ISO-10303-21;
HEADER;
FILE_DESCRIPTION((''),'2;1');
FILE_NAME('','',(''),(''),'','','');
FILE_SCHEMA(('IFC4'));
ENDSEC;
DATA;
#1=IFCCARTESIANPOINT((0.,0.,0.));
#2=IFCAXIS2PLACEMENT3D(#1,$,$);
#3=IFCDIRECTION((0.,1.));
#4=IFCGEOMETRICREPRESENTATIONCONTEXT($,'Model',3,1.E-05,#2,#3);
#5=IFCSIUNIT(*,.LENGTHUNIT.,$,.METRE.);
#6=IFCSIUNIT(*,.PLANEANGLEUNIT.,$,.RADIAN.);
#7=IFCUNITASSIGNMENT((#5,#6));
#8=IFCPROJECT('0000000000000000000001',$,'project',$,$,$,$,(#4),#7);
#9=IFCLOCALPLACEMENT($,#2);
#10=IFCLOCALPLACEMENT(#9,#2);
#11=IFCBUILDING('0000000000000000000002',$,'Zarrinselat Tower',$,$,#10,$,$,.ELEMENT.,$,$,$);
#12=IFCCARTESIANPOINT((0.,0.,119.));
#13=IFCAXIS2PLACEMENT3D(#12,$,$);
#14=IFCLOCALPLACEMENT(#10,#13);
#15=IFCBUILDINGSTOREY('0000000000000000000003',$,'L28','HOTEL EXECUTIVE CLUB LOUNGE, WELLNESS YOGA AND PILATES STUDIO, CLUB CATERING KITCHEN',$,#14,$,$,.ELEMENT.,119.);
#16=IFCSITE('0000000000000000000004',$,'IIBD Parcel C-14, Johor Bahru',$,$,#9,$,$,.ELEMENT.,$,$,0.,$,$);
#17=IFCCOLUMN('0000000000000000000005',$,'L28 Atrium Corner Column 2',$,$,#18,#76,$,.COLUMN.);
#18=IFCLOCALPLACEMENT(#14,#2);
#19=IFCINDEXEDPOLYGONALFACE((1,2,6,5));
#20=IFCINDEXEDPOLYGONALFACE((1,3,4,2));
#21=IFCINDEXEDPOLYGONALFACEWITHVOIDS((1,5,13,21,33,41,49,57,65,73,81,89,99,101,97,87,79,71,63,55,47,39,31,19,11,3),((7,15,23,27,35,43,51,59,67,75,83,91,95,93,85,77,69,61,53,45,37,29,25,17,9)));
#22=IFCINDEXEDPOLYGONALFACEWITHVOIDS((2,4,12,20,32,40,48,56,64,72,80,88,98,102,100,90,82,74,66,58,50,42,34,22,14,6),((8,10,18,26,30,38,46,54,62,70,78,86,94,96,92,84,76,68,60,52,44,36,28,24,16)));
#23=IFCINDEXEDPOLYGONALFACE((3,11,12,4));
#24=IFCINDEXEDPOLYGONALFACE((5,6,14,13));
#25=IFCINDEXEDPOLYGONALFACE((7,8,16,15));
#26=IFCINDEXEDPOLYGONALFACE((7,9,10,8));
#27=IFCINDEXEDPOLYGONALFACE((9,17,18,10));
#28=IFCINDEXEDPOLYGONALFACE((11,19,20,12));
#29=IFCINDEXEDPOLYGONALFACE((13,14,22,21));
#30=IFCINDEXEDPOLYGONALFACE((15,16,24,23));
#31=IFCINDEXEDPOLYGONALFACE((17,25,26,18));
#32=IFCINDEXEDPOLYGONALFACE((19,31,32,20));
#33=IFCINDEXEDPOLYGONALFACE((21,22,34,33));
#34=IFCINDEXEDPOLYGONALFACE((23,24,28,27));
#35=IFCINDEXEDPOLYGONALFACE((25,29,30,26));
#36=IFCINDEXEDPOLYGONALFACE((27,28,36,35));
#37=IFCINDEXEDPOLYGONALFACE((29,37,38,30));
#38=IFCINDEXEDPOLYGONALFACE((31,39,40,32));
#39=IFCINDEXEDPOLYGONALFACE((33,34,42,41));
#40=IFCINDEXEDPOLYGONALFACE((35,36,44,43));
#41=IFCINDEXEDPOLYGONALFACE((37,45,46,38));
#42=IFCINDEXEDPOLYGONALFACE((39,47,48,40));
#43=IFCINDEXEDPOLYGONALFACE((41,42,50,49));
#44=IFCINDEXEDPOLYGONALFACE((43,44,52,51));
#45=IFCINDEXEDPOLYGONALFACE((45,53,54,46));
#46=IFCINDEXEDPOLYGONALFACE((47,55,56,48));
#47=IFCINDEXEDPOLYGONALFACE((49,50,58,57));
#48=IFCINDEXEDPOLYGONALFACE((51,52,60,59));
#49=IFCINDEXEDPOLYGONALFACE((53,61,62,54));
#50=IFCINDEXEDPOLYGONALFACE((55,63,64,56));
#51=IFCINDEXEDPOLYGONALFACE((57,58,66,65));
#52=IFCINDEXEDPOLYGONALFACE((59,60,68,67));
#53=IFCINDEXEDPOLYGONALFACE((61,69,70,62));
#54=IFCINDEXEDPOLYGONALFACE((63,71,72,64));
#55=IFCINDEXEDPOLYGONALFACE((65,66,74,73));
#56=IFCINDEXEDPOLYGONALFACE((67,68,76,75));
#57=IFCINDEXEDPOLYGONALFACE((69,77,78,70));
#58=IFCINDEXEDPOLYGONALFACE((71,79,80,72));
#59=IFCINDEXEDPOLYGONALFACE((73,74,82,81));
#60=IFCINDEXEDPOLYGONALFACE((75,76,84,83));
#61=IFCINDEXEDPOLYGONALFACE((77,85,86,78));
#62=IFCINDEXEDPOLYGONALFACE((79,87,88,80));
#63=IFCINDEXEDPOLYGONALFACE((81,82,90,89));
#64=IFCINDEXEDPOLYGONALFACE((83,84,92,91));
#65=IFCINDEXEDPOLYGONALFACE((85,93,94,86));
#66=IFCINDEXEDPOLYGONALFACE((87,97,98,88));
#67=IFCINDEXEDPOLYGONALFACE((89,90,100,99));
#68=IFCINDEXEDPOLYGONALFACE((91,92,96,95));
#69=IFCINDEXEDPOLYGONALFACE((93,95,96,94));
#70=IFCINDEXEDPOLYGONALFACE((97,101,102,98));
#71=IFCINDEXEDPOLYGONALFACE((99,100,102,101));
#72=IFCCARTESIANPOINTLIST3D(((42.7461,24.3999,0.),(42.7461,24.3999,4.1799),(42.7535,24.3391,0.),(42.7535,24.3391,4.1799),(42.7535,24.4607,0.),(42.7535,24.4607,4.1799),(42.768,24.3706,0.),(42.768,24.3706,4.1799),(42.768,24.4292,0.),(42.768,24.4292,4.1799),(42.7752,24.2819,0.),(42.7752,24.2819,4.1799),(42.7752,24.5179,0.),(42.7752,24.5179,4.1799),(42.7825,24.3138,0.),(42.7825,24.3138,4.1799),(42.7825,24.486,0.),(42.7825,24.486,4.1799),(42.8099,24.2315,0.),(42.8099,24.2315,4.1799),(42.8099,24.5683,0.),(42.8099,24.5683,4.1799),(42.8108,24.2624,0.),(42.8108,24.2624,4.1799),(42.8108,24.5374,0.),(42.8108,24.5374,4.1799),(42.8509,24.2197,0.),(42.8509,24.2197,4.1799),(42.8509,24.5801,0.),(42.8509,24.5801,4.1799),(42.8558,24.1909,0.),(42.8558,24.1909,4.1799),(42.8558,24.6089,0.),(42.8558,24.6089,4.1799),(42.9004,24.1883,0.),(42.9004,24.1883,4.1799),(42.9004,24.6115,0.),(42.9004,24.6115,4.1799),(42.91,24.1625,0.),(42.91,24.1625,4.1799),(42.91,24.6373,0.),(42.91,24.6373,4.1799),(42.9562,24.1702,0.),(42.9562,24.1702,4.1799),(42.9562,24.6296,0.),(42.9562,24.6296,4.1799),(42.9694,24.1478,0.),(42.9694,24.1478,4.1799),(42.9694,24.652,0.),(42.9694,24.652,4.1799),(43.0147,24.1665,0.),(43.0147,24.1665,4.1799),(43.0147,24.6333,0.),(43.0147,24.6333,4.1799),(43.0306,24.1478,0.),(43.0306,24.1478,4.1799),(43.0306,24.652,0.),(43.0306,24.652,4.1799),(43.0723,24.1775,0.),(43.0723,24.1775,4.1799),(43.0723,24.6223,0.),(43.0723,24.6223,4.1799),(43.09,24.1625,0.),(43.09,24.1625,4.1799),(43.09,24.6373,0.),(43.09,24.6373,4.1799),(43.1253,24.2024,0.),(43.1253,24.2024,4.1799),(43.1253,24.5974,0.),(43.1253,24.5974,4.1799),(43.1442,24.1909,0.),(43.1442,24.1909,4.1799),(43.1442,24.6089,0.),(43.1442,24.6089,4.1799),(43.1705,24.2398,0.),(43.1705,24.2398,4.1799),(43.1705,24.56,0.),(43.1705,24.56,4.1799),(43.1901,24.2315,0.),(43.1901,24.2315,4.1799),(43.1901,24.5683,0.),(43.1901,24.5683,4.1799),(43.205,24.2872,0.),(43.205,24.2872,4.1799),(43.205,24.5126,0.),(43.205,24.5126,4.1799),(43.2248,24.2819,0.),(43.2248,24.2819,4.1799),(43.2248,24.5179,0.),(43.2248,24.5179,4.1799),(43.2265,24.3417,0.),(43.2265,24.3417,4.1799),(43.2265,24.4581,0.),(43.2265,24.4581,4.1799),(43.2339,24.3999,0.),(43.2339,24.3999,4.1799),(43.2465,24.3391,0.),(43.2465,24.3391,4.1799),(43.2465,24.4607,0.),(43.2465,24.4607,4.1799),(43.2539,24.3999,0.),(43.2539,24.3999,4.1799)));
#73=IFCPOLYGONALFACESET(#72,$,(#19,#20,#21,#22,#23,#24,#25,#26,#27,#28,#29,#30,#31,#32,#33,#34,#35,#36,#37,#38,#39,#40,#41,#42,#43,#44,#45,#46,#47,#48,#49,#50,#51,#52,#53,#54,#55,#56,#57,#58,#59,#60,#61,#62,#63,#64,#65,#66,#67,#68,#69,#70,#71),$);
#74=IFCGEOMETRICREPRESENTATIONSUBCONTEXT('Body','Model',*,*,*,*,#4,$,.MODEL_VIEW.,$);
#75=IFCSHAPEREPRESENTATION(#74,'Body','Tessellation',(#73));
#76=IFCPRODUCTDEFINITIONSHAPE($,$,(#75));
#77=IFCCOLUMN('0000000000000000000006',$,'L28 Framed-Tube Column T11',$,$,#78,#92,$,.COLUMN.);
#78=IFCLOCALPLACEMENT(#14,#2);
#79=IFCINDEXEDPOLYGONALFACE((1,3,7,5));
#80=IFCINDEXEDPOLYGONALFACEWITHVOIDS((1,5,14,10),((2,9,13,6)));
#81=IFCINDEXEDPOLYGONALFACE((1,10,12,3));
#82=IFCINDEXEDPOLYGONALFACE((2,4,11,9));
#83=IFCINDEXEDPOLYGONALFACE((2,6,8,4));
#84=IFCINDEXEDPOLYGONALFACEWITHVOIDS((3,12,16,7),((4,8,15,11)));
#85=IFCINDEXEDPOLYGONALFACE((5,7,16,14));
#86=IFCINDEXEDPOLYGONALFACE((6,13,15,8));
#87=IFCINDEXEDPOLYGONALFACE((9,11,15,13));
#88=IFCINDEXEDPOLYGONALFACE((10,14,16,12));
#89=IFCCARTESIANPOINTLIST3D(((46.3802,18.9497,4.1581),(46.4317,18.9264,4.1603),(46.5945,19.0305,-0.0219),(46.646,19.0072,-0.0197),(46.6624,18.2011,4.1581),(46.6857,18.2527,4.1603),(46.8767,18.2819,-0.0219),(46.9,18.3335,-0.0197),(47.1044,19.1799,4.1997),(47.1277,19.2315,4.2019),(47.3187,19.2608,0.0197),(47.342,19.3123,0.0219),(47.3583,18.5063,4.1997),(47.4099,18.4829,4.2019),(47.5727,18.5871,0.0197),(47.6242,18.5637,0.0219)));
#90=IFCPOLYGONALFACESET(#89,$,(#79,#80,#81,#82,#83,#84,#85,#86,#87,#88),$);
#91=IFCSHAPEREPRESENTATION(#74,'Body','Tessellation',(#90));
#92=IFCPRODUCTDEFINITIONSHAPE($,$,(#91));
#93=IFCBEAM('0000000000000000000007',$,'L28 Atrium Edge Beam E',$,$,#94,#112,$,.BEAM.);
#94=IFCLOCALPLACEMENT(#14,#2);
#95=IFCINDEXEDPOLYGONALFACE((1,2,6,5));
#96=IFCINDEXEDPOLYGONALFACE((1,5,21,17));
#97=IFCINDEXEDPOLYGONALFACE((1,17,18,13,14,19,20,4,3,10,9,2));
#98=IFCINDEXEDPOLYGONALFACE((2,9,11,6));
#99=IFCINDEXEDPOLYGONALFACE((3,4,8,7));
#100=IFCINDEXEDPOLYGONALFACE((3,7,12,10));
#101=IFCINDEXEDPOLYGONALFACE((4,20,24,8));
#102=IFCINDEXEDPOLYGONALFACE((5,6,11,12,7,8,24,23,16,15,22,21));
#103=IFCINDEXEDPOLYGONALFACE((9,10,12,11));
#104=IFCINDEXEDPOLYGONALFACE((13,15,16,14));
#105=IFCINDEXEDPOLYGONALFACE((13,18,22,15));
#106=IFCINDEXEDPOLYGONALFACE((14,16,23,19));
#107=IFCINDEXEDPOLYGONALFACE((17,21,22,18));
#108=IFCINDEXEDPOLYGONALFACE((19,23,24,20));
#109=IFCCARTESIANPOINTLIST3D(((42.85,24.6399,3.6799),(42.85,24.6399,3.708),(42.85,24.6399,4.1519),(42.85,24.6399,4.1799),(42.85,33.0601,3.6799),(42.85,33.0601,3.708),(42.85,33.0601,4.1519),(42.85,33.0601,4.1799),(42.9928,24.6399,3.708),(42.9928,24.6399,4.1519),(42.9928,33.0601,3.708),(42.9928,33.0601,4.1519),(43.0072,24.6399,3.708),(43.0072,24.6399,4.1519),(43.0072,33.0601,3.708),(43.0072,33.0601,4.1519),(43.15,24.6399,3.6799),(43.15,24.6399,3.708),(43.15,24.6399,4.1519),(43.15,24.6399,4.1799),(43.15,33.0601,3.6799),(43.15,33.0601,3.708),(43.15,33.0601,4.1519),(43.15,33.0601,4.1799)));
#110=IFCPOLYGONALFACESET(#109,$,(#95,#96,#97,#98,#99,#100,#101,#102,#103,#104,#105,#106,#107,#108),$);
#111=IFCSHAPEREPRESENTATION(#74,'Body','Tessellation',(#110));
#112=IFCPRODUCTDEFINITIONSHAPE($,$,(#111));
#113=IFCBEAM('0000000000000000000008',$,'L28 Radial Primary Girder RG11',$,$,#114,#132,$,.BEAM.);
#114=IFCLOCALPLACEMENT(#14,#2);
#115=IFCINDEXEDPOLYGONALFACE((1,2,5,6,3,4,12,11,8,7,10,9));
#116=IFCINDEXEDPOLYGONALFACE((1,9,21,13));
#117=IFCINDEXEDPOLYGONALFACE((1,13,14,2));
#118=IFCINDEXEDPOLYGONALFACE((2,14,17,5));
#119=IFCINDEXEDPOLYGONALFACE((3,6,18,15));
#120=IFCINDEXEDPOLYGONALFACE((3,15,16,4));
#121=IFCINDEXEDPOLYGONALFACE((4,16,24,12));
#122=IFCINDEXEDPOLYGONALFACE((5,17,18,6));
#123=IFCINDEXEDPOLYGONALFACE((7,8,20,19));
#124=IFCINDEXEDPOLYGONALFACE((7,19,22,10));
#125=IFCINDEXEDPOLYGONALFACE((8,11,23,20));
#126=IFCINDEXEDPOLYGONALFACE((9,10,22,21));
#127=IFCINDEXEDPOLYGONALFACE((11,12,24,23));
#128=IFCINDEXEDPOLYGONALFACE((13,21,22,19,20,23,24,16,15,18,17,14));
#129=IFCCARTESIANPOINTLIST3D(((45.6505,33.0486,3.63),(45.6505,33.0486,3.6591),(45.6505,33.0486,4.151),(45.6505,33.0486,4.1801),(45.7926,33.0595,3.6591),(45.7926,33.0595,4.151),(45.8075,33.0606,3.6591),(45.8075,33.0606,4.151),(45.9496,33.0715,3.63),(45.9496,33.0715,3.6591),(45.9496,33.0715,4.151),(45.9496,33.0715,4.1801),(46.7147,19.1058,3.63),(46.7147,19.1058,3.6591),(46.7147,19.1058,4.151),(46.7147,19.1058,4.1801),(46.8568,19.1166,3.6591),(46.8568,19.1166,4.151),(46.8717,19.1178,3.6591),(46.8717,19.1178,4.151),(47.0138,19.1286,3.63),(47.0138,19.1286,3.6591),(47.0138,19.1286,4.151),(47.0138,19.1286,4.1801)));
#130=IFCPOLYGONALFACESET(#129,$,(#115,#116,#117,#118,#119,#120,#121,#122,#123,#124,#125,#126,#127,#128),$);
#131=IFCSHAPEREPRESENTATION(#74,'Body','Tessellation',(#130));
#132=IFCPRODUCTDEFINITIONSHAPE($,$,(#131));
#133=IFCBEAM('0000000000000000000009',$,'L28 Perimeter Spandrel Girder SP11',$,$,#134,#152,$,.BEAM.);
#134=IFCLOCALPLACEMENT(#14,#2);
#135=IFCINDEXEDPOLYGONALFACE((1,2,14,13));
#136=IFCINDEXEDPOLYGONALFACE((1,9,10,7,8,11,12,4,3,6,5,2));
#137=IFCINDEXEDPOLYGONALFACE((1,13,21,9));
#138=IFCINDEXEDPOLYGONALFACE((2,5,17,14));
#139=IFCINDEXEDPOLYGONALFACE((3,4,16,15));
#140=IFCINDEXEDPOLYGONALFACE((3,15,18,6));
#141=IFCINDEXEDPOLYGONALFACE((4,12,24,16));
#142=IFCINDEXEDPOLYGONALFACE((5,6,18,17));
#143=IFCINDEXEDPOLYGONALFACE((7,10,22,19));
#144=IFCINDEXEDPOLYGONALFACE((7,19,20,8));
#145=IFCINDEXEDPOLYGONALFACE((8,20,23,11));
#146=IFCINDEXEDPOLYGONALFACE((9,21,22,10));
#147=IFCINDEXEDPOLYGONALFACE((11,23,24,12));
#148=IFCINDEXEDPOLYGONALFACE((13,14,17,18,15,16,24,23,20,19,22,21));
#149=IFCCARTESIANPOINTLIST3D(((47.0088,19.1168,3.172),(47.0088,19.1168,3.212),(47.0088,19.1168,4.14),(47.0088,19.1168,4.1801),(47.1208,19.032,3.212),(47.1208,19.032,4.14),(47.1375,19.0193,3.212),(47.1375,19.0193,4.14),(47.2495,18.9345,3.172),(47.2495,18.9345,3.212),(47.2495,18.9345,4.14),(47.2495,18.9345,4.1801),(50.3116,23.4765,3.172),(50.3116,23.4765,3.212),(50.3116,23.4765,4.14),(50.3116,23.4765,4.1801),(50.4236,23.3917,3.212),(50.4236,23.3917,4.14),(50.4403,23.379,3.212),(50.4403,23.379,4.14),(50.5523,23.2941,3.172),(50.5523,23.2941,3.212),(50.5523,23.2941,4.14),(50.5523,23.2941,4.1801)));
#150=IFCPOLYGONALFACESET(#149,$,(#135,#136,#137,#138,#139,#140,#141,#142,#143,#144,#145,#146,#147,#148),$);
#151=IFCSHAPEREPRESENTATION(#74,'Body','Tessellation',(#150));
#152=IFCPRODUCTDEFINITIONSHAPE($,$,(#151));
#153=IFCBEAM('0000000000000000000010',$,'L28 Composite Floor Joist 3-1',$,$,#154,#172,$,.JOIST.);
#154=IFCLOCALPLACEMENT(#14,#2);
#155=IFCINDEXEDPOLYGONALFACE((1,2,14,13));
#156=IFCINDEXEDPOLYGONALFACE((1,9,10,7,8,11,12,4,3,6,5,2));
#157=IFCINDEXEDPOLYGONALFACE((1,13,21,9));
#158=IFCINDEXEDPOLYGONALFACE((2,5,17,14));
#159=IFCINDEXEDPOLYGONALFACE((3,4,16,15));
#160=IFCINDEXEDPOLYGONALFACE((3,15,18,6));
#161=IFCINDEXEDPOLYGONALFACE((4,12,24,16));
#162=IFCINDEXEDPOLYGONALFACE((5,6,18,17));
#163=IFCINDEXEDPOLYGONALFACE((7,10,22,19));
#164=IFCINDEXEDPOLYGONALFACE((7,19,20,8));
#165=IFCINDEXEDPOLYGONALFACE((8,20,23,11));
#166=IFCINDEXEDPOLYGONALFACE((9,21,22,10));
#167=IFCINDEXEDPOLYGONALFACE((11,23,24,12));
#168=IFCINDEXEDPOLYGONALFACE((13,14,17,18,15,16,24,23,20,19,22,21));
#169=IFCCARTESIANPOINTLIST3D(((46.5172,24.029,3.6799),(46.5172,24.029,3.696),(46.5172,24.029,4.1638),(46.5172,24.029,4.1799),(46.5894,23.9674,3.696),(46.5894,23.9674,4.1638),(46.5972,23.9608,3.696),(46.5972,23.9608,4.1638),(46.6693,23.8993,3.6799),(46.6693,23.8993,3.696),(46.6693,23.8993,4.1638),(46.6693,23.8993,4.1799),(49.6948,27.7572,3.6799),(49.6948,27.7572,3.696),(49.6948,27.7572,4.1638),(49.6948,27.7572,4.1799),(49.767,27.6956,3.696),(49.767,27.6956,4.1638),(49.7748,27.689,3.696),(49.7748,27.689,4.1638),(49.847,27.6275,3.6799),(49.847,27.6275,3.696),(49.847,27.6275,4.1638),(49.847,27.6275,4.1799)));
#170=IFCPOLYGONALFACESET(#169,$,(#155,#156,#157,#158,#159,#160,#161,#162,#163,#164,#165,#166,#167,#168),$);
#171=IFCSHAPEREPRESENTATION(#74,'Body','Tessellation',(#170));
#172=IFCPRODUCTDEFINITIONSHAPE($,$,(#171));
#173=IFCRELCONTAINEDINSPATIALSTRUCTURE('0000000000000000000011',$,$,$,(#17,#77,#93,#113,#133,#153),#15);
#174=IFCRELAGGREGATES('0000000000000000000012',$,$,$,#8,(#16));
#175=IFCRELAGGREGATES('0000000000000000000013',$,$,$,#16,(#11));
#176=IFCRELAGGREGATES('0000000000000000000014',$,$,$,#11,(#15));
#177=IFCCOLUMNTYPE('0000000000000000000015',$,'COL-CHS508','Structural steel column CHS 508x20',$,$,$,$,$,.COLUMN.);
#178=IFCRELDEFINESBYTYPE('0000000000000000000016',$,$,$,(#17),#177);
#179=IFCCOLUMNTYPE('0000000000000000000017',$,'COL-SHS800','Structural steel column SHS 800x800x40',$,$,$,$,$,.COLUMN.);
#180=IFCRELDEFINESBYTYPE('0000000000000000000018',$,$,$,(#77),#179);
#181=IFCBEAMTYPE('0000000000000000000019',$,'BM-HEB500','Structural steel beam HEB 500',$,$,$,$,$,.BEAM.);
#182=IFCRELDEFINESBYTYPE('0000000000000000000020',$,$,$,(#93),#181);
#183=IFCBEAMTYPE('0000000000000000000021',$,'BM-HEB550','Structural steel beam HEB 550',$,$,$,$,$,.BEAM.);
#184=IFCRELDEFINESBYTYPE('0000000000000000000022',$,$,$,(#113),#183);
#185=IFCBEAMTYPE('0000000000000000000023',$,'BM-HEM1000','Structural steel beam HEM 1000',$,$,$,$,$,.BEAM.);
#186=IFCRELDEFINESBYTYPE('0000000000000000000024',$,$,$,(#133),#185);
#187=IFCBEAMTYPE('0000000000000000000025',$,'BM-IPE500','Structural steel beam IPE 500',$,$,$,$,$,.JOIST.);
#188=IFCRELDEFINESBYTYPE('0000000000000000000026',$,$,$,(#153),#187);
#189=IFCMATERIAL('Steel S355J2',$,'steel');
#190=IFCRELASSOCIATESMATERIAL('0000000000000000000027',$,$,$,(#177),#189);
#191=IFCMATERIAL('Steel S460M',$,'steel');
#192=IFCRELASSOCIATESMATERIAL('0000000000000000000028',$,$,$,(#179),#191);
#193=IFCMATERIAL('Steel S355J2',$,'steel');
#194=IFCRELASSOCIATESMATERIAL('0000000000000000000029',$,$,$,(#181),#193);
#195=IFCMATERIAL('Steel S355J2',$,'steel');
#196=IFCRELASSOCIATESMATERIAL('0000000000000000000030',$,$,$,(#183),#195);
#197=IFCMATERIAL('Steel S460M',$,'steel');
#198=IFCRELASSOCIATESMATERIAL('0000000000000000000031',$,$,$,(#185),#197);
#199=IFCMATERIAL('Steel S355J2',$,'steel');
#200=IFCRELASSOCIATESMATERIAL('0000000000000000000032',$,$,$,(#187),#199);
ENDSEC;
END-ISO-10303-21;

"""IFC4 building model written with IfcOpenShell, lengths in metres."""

from ifc_helpers import new_model, si_unit, direction, frame, origin, origin_2d, place, context, subcontext, project, spatial, hollow_rectangle, hollow_circle, i_section, extrude, material, material_profile, profile_set, type_object, element, save


model = new_model("IFC4")

# Units and contexts
model_context = context("Model", 3, precision=1e-05, world=origin(), true_north=direction((0.0, 1.0)))
body_context = subcontext(model_context, "Body", "Model", "MODEL_VIEW")
ifc_project = project(units=[si_unit("LENGTHUNIT", "METRE"), si_unit("PLANEANGLEUNIT", "RADIAN")], contexts=[model_context])

# Site, building, storey
site_placement = place(None, origin())
site = spatial("IfcSite", under=ifc_project, at=site_placement, Name="IIBD Parcel C-14, Johor Bahru", CompositionType="ELEMENT", RefElevation=0.0)
building_placement = place(site_placement, origin())
building = spatial("IfcBuilding", under=site, at=building_placement, Name="Zarrinselat Tower", CompositionType="ELEMENT")
storey_placement = place(building_placement, frame((0.0, 0.0, 119.0)))
storey = spatial("IfcBuildingStorey", under=building, at=storey_placement, Name="L28", Description="HOTEL EXECUTIVE CLUB LOUNGE, WELLNESS YOGA AND PILATES STUDIO, CLUB CATERING KITCHEN", CompositionType="ELEMENT", Elevation=119.0)

# Columns
ifc_material_1 = material(Name="Steel S355J2", Category="steel")
ifc_material_profile_1 = material_profile(ifc_material_1, hollow_circle(Radius=0.2539, WallThickness=0.02, at=origin_2d()), Name="CHS 508x20")
ifc_profile_set_1 = profile_set([ifc_material_profile_1], Name="Steel S355J2")
column_type_1 = type_object("IfcColumnType", Name="COL-CHS508", Description="Structural steel column CHS 508x20", PredefinedType="COLUMN", material=ifc_profile_set_1)
column_1_placement = place(storey_placement, frame((43.0, 24.3999, 0.0), z_axis=(0.0, 0.0, 1.0), x_axis=(1.0, 0.0, 0.0)))
element("IfcColumn", 1, at=column_1_placement, inside=storey, type_object=column_type_1, Name="L28 Atrium Corner Column 2", PredefinedType="COLUMN", context=body_context, shape_type="SweptSolid", body=[
    extrude(hollow_circle(Radius=0.2539, WallThickness=0.02, at=origin_2d()), origin(), (0.0, 0.0, 1.0), 4.1799),
])
ifc_material_2 = material(Name="Steel S460M", Category="steel")
ifc_material_profile_2 = material_profile(ifc_material_2, hollow_rectangle(XDim=0.8, YDim=0.8, WallThickness=0.04, at=origin_2d()), Name="SHS 800x800x40")
ifc_profile_set_2 = profile_set([ifc_material_profile_2], Name="Steel S460M")
column_type_2 = type_object("IfcColumnType", Name="COL-SHS800", Description="Structural steel column SHS 800x800x40", PredefinedType="COLUMN", material=ifc_profile_set_2)
column_2_placement = place(storey_placement, frame((47.1094, 18.7971, 0.0), z_axis=(-0.051205, -0.019304, 0.998502), x_axis=(0.352758, -0.935715, 0.0)))
element("IfcColumn", 2, at=column_2_placement, inside=storey, type_object=column_type_2, Name="L28 Framed-Tube Column T11", PredefinedType="COLUMN", context=body_context, shape_type="SweptSolid", body=[
    extrude(hollow_rectangle(XDim=0.8, YDim=0.8, WallThickness=0.04, at=origin_2d()), origin(), (0.0, 0.0, 1.0), 4.1863),
])

# Beams
ifc_material_3 = material(Name="Steel S355J2", Category="steel")
ifc_material_profile_3 = material_profile(ifc_material_3, i_section(OverallWidth=0.3, OverallDepth=0.5, WebThickness=0.0144, FlangeThickness=0.0281, at=origin_2d()), Name="HEB 500")
ifc_profile_set_3 = profile_set([ifc_material_profile_3], Name="Steel S355J2")
beam_type_1 = type_object("IfcBeamType", Name="BM-HEB500", Description="Structural steel beam HEB 500", PredefinedType="BEAM", material=ifc_profile_set_3)
beam_1_placement = place(storey_placement, frame((43.0, 24.6399, 3.9299), z_axis=(0.0, 1.0, 0.0), x_axis=(-1.0, 0.0, 0.0)))
element("IfcBeam", 3, at=beam_1_placement, inside=storey, type_object=beam_type_1, Name="L28 Atrium Edge Beam E", PredefinedType="BEAM", context=body_context, shape_type="SweptSolid", body=[
    extrude(i_section(OverallWidth=0.3, OverallDepth=0.5, WebThickness=0.0144, FlangeThickness=0.0281, at=origin_2d()), origin(), (0.0, 0.0, 1.0), 8.4202),
])
ifc_material_4 = material(Name="Steel S355J2", Category="steel")
ifc_material_profile_4 = material_profile(ifc_material_4, i_section(OverallWidth=0.3, OverallDepth=0.55, WebThickness=0.0149, FlangeThickness=0.0291, at=origin_2d()), Name="HEB 550")
ifc_profile_set_4 = profile_set([ifc_material_profile_4], Name="Steel S355J2")
beam_type_2 = type_object("IfcBeamType", Name="BM-HEB550", Description="Structural steel beam HEB 550", PredefinedType="BEAM", material=ifc_profile_set_4)
beam_2_placement = place(storey_placement, frame((45.8, 33.0601, 3.905), z_axis=(0.076105, -0.9971, 0.0), x_axis=(0.9971, 0.076105, 0.0)))
element("IfcBeam", 4, at=beam_2_placement, inside=storey, type_object=beam_type_2, Name="L28 Radial Primary Girder RG11", PredefinedType="BEAM", context=body_context, shape_type="SweptSolid", body=[
    extrude(i_section(OverallWidth=0.3, OverallDepth=0.55, WebThickness=0.0149, FlangeThickness=0.0291, at=origin_2d()), origin(), (0.0, 0.0, 1.0), 13.9834),
])
ifc_material_5 = material(Name="Steel S460M", Category="steel")
ifc_material_profile_5 = material_profile(ifc_material_5, i_section(OverallWidth=0.302, OverallDepth=1.0081, WebThickness=0.021, FlangeThickness=0.04, at=origin_2d()), Name="HEM 1000")
ifc_profile_set_5 = profile_set([ifc_material_profile_5], Name="Steel S460M")
beam_type_3 = type_object("IfcBeamType", Name="BM-HEM1000", Description="Structural steel beam HEM 1000", PredefinedType="BEAM", material=ifc_profile_set_5)
beam_3_placement = place(storey_placement, frame((47.1292, 19.0256, 3.676), z_axis=(0.603857, 0.797093, 0.0), x_axis=(-0.797093, 0.603857, 0.0)))
element("IfcBeam", 5, at=beam_3_placement, inside=storey, type_object=beam_type_3, Name="L28 Perimeter Spandrel Girder SP11", PredefinedType="BEAM", context=body_context, shape_type="SweptSolid", body=[
    extrude(i_section(OverallWidth=0.302, OverallDepth=1.0081, WebThickness=0.021, FlangeThickness=0.04, at=origin_2d()), origin(), (0.0, 0.0, 1.0), 5.4695),
])
ifc_material_6 = material(Name="Steel S355J2", Category="steel")
ifc_material_profile_6 = material_profile(ifc_material_6, i_section(OverallWidth=0.2, OverallDepth=0.5, WebThickness=0.0103, FlangeThickness=0.0161, at=origin_2d()), Name="IPE 500")
ifc_profile_set_6 = profile_set([ifc_material_profile_6], Name="Steel S355J2")
beam_type_4 = type_object("IfcBeamType", Name="BM-IPE500", Description="Structural steel beam IPE 500", PredefinedType="JOIST", material=ifc_profile_set_6)
beam_4_placement = place(storey_placement, frame((46.5933, 23.9641, 3.9299), z_axis=(0.648679, 0.761062, 0.0), x_axis=(-0.761062, 0.648679, 0.0)))
element("IfcBeam", 6, at=beam_4_placement, inside=storey, type_object=beam_type_4, Name="L28 Composite Floor Joist 3-1", PredefinedType="JOIST", context=body_context, shape_type="SweptSolid", body=[
    extrude(i_section(OverallWidth=0.2, OverallDepth=0.5, WebThickness=0.0103, FlangeThickness=0.0161, at=origin_2d()), origin(), (0.0, 0.0, 1.0), 4.8987),
])

save(model, "model.ifc")
